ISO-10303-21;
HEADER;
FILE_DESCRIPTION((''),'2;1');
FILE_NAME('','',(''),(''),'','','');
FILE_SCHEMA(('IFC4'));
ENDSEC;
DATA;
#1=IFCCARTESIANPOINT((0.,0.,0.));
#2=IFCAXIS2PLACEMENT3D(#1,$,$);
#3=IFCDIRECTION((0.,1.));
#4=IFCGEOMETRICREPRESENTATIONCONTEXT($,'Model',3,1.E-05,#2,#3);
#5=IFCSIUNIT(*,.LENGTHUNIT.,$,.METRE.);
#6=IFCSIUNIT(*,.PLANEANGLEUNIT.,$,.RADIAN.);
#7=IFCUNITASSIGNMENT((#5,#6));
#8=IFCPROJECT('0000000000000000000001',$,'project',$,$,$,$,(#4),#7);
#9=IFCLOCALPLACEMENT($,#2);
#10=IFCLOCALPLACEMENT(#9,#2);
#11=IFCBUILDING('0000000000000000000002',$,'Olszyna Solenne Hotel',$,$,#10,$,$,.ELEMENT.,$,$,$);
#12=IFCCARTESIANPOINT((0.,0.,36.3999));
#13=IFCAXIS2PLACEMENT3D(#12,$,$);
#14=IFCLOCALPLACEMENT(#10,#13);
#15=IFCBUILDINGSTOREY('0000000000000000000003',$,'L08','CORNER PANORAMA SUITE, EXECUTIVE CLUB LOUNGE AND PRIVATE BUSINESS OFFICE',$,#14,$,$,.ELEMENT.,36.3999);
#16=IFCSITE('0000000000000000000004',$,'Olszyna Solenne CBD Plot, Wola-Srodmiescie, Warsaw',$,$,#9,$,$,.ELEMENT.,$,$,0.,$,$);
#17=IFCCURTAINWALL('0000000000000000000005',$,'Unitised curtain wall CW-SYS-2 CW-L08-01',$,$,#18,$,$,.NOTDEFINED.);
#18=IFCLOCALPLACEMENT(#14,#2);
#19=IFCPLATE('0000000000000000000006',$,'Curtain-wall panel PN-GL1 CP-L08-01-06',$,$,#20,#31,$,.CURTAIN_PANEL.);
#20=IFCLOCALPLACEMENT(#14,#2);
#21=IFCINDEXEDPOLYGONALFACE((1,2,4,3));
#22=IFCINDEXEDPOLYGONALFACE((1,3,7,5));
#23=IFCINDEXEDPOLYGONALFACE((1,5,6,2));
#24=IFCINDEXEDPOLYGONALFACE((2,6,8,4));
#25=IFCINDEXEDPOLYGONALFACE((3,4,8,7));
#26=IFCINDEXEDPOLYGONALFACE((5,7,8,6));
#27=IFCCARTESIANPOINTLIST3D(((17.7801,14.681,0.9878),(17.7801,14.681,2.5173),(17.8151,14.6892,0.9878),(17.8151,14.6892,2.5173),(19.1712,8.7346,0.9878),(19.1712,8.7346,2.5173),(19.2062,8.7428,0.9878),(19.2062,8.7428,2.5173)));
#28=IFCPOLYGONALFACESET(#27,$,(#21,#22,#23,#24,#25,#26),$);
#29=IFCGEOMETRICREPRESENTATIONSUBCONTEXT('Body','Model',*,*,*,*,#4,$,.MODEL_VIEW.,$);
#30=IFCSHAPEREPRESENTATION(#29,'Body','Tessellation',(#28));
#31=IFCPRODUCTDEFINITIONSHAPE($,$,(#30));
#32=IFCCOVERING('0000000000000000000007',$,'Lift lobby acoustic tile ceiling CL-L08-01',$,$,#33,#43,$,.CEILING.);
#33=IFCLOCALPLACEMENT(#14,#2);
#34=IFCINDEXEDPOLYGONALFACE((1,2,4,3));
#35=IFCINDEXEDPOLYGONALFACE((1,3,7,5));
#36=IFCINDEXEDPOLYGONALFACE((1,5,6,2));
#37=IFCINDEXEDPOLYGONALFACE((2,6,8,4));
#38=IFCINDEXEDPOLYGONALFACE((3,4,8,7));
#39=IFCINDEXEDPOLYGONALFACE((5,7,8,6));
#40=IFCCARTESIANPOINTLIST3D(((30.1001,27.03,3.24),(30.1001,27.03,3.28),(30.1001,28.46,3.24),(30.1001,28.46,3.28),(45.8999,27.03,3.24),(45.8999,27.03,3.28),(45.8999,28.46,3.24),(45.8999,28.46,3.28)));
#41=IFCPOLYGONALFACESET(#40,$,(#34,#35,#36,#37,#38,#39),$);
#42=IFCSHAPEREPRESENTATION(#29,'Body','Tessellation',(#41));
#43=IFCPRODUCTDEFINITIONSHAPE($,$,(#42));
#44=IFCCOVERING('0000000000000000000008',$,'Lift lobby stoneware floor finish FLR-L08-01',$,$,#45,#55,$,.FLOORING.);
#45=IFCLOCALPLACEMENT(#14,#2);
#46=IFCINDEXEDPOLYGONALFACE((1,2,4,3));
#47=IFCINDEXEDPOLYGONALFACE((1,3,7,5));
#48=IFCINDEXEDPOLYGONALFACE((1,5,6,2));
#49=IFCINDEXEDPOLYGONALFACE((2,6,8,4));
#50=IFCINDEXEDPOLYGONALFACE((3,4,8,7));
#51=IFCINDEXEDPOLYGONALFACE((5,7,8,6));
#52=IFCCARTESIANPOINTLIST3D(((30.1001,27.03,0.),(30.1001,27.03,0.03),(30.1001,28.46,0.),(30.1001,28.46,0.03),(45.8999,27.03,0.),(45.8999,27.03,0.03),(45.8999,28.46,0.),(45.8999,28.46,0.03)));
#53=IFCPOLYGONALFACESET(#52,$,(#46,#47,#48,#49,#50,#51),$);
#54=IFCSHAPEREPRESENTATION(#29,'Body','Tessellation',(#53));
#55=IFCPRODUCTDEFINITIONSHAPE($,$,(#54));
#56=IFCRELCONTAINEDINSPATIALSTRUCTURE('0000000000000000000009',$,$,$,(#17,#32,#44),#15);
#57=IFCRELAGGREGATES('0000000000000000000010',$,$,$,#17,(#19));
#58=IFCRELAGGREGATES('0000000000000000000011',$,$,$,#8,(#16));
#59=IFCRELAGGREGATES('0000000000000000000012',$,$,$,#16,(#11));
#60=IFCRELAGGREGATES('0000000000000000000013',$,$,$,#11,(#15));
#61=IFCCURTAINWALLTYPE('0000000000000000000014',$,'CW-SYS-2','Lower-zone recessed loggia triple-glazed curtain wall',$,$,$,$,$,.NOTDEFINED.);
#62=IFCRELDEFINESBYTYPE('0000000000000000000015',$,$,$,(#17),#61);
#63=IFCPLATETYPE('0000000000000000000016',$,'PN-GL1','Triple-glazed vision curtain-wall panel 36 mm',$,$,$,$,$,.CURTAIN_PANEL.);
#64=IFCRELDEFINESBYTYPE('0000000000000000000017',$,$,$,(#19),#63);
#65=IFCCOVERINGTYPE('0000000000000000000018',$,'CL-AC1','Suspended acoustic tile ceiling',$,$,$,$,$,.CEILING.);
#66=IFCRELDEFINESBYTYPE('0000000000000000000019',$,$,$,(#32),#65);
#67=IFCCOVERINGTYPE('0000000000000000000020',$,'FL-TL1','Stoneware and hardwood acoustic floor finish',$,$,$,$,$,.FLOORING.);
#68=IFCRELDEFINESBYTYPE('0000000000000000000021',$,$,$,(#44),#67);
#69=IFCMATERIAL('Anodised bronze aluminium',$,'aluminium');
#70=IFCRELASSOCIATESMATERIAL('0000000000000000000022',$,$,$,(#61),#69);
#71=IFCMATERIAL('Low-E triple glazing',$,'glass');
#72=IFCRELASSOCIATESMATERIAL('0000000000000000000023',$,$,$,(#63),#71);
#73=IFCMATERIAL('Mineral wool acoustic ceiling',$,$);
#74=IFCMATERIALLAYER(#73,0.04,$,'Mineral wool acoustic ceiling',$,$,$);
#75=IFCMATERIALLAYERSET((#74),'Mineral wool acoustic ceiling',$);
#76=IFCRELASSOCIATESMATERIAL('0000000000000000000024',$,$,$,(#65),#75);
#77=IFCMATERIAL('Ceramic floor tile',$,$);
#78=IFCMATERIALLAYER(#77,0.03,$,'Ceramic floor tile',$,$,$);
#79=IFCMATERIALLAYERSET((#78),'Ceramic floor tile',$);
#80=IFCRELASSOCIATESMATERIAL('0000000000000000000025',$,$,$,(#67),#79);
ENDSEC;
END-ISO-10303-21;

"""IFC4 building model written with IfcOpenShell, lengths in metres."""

from ifc_helpers import new_model, si_unit, direction, frame, origin, origin_2d, place, context, subcontext, project, spatial, polyline, rectangle, outline, extrude, source, transform, mapped, material, layer, layer_set, type_object, element, aggregate, save


model = new_model("IFC4")

# Units and contexts
model_context = context("Model", 3, precision=1e-05, world=origin(), true_north=direction((0.0, 1.0)))
body_context = subcontext(model_context, "Body", "Model", "MODEL_VIEW")
ifc_project = project(units=[si_unit("LENGTHUNIT", "METRE"), si_unit("PLANEANGLEUNIT", "RADIAN")], contexts=[model_context])

# Site, building, storey
site_placement = place(None, origin())
site = spatial("IfcSite", under=ifc_project, at=site_placement, Name="Olszyna Solenne CBD Plot, Wola-Srodmiescie, Warsaw", CompositionType="ELEMENT", RefElevation=0.0)
building_placement = place(site_placement, origin())
building = spatial("IfcBuilding", under=site, at=building_placement, Name="Olszyna Solenne Hotel", CompositionType="ELEMENT")
storey_placement = place(building_placement, frame((0.0, 0.0, 36.3999)))
storey = spatial("IfcBuildingStorey", under=building, at=storey_placement, Name="L08", Description="CORNER PANORAMA SUITE, EXECUTIVE CLUB LOUNGE AND PRIVATE BUSINESS OFFICE", CompositionType="ELEMENT", Elevation=36.3999)

# Curtain wall
ifc_material_1 = material(Name="Anodised bronze aluminium", Category="aluminium")
curtain_wall_type = type_object("IfcCurtainWallType", Name="CW-SYS-2", Description="Lower-zone recessed loggia triple-glazed curtain wall", PredefinedType="NOTDEFINED", material=ifc_material_1)
curtain_wall_placement = place(storey_placement, origin())
curtain_wall = element("IfcCurtainWall", 1, at=curtain_wall_placement, inside=storey, type_object=curtain_wall_type, Name="Unitised curtain wall CW-SYS-2 CW-L08-01", PredefinedType="NOTDEFINED")

# Plate
ifc_material_2 = material(Name="Low-E triple glazing", Category="glass")
plate_type_1 = type_object("IfcPlateType", Name="PN-GL1", Description="Triple-glazed vision curtain-wall panel 36 mm", PredefinedType="CURTAIN_PANEL", material=ifc_material_2)
shared_shape_1 = source(origin(), body_context, "Body", "SweptSolid", [
    extrude(rectangle(XDim=6.1069, YDim=0.0359, at=origin_2d()), origin(), (0.0, 0.0, 1.0), 1.5295),
])
plate_1_placement = place(storey_placement, frame((18.4932, 11.7119, 0.9878), z_axis=(0.0, 0.0, 1.0), x_axis=(0.22779, -0.97371, 0.0)))
plate_1 = element("IfcPlate", 2, at=plate_1_placement, type_object=plate_type_1, Name="Curtain-wall panel PN-GL1 CP-L08-01-06", PredefinedType="CURTAIN_PANEL", context=body_context, shape_type="MappedRepresentation", body=[
    mapped(shared_shape_1, transform((0.0, 0.0, 0.0), x_axis=(1.0, 0.0, 0.0), y_axis=(0.0, 1.0, 0.0), z_axis=(0.0, 0.0, 1.0), scale=1.0)),
])
aggregate(curtain_wall, [plate_1])

# Coverings
ifc_material_3 = material(Name="Mineral wool acoustic ceiling")
ifc_layer_1 = layer(ifc_material_3, 0.04, Name="Mineral wool acoustic ceiling")
ifc_layer_set_1 = layer_set([ifc_layer_1], Name="Mineral wool acoustic ceiling")
covering_type_1 = type_object("IfcCoveringType", Name="CL-AC1", Description="Suspended acoustic tile ceiling", PredefinedType="CEILING", material=ifc_layer_set_1)
covering_1_placement = place(storey_placement, frame((0.0, 0.0, 3.24)))
element("IfcCovering", 3, at=covering_1_placement, inside=storey, type_object=covering_type_1, Name="Lift lobby acoustic tile ceiling CL-L08-01", PredefinedType="CEILING", context=body_context, shape_type="SweptSolid", body=[
    extrude(outline(polyline([(30.1001, 27.03), (45.8999, 27.03), (45.8999, 28.46), (30.1001, 28.46), (30.1001, 27.03)])), origin(), (0.0, 0.0, 1.0), 0.04),
])
ifc_material_4 = material(Name="Ceramic floor tile")
ifc_layer_2 = layer(ifc_material_4, 0.03, Name="Ceramic floor tile")
ifc_layer_set_2 = layer_set([ifc_layer_2], Name="Ceramic floor tile")
covering_type_2 = type_object("IfcCoveringType", Name="FL-TL1", Description="Stoneware and hardwood acoustic floor finish", PredefinedType="FLOORING", material=ifc_layer_set_2)
covering_2_placement = place(storey_placement, origin())
element("IfcCovering", 4, at=covering_2_placement, inside=storey, type_object=covering_type_2, Name="Lift lobby stoneware floor finish FLR-L08-01", PredefinedType="FLOORING", context=body_context, shape_type="SweptSolid", body=[
    extrude(outline(polyline([(30.1001, 27.03), (45.8999, 27.03), (45.8999, 28.46), (30.1001, 28.46), (30.1001, 27.03)])), origin(), (0.0, 0.0, 1.0), 0.03),
])

save(model, "model.ifc")
